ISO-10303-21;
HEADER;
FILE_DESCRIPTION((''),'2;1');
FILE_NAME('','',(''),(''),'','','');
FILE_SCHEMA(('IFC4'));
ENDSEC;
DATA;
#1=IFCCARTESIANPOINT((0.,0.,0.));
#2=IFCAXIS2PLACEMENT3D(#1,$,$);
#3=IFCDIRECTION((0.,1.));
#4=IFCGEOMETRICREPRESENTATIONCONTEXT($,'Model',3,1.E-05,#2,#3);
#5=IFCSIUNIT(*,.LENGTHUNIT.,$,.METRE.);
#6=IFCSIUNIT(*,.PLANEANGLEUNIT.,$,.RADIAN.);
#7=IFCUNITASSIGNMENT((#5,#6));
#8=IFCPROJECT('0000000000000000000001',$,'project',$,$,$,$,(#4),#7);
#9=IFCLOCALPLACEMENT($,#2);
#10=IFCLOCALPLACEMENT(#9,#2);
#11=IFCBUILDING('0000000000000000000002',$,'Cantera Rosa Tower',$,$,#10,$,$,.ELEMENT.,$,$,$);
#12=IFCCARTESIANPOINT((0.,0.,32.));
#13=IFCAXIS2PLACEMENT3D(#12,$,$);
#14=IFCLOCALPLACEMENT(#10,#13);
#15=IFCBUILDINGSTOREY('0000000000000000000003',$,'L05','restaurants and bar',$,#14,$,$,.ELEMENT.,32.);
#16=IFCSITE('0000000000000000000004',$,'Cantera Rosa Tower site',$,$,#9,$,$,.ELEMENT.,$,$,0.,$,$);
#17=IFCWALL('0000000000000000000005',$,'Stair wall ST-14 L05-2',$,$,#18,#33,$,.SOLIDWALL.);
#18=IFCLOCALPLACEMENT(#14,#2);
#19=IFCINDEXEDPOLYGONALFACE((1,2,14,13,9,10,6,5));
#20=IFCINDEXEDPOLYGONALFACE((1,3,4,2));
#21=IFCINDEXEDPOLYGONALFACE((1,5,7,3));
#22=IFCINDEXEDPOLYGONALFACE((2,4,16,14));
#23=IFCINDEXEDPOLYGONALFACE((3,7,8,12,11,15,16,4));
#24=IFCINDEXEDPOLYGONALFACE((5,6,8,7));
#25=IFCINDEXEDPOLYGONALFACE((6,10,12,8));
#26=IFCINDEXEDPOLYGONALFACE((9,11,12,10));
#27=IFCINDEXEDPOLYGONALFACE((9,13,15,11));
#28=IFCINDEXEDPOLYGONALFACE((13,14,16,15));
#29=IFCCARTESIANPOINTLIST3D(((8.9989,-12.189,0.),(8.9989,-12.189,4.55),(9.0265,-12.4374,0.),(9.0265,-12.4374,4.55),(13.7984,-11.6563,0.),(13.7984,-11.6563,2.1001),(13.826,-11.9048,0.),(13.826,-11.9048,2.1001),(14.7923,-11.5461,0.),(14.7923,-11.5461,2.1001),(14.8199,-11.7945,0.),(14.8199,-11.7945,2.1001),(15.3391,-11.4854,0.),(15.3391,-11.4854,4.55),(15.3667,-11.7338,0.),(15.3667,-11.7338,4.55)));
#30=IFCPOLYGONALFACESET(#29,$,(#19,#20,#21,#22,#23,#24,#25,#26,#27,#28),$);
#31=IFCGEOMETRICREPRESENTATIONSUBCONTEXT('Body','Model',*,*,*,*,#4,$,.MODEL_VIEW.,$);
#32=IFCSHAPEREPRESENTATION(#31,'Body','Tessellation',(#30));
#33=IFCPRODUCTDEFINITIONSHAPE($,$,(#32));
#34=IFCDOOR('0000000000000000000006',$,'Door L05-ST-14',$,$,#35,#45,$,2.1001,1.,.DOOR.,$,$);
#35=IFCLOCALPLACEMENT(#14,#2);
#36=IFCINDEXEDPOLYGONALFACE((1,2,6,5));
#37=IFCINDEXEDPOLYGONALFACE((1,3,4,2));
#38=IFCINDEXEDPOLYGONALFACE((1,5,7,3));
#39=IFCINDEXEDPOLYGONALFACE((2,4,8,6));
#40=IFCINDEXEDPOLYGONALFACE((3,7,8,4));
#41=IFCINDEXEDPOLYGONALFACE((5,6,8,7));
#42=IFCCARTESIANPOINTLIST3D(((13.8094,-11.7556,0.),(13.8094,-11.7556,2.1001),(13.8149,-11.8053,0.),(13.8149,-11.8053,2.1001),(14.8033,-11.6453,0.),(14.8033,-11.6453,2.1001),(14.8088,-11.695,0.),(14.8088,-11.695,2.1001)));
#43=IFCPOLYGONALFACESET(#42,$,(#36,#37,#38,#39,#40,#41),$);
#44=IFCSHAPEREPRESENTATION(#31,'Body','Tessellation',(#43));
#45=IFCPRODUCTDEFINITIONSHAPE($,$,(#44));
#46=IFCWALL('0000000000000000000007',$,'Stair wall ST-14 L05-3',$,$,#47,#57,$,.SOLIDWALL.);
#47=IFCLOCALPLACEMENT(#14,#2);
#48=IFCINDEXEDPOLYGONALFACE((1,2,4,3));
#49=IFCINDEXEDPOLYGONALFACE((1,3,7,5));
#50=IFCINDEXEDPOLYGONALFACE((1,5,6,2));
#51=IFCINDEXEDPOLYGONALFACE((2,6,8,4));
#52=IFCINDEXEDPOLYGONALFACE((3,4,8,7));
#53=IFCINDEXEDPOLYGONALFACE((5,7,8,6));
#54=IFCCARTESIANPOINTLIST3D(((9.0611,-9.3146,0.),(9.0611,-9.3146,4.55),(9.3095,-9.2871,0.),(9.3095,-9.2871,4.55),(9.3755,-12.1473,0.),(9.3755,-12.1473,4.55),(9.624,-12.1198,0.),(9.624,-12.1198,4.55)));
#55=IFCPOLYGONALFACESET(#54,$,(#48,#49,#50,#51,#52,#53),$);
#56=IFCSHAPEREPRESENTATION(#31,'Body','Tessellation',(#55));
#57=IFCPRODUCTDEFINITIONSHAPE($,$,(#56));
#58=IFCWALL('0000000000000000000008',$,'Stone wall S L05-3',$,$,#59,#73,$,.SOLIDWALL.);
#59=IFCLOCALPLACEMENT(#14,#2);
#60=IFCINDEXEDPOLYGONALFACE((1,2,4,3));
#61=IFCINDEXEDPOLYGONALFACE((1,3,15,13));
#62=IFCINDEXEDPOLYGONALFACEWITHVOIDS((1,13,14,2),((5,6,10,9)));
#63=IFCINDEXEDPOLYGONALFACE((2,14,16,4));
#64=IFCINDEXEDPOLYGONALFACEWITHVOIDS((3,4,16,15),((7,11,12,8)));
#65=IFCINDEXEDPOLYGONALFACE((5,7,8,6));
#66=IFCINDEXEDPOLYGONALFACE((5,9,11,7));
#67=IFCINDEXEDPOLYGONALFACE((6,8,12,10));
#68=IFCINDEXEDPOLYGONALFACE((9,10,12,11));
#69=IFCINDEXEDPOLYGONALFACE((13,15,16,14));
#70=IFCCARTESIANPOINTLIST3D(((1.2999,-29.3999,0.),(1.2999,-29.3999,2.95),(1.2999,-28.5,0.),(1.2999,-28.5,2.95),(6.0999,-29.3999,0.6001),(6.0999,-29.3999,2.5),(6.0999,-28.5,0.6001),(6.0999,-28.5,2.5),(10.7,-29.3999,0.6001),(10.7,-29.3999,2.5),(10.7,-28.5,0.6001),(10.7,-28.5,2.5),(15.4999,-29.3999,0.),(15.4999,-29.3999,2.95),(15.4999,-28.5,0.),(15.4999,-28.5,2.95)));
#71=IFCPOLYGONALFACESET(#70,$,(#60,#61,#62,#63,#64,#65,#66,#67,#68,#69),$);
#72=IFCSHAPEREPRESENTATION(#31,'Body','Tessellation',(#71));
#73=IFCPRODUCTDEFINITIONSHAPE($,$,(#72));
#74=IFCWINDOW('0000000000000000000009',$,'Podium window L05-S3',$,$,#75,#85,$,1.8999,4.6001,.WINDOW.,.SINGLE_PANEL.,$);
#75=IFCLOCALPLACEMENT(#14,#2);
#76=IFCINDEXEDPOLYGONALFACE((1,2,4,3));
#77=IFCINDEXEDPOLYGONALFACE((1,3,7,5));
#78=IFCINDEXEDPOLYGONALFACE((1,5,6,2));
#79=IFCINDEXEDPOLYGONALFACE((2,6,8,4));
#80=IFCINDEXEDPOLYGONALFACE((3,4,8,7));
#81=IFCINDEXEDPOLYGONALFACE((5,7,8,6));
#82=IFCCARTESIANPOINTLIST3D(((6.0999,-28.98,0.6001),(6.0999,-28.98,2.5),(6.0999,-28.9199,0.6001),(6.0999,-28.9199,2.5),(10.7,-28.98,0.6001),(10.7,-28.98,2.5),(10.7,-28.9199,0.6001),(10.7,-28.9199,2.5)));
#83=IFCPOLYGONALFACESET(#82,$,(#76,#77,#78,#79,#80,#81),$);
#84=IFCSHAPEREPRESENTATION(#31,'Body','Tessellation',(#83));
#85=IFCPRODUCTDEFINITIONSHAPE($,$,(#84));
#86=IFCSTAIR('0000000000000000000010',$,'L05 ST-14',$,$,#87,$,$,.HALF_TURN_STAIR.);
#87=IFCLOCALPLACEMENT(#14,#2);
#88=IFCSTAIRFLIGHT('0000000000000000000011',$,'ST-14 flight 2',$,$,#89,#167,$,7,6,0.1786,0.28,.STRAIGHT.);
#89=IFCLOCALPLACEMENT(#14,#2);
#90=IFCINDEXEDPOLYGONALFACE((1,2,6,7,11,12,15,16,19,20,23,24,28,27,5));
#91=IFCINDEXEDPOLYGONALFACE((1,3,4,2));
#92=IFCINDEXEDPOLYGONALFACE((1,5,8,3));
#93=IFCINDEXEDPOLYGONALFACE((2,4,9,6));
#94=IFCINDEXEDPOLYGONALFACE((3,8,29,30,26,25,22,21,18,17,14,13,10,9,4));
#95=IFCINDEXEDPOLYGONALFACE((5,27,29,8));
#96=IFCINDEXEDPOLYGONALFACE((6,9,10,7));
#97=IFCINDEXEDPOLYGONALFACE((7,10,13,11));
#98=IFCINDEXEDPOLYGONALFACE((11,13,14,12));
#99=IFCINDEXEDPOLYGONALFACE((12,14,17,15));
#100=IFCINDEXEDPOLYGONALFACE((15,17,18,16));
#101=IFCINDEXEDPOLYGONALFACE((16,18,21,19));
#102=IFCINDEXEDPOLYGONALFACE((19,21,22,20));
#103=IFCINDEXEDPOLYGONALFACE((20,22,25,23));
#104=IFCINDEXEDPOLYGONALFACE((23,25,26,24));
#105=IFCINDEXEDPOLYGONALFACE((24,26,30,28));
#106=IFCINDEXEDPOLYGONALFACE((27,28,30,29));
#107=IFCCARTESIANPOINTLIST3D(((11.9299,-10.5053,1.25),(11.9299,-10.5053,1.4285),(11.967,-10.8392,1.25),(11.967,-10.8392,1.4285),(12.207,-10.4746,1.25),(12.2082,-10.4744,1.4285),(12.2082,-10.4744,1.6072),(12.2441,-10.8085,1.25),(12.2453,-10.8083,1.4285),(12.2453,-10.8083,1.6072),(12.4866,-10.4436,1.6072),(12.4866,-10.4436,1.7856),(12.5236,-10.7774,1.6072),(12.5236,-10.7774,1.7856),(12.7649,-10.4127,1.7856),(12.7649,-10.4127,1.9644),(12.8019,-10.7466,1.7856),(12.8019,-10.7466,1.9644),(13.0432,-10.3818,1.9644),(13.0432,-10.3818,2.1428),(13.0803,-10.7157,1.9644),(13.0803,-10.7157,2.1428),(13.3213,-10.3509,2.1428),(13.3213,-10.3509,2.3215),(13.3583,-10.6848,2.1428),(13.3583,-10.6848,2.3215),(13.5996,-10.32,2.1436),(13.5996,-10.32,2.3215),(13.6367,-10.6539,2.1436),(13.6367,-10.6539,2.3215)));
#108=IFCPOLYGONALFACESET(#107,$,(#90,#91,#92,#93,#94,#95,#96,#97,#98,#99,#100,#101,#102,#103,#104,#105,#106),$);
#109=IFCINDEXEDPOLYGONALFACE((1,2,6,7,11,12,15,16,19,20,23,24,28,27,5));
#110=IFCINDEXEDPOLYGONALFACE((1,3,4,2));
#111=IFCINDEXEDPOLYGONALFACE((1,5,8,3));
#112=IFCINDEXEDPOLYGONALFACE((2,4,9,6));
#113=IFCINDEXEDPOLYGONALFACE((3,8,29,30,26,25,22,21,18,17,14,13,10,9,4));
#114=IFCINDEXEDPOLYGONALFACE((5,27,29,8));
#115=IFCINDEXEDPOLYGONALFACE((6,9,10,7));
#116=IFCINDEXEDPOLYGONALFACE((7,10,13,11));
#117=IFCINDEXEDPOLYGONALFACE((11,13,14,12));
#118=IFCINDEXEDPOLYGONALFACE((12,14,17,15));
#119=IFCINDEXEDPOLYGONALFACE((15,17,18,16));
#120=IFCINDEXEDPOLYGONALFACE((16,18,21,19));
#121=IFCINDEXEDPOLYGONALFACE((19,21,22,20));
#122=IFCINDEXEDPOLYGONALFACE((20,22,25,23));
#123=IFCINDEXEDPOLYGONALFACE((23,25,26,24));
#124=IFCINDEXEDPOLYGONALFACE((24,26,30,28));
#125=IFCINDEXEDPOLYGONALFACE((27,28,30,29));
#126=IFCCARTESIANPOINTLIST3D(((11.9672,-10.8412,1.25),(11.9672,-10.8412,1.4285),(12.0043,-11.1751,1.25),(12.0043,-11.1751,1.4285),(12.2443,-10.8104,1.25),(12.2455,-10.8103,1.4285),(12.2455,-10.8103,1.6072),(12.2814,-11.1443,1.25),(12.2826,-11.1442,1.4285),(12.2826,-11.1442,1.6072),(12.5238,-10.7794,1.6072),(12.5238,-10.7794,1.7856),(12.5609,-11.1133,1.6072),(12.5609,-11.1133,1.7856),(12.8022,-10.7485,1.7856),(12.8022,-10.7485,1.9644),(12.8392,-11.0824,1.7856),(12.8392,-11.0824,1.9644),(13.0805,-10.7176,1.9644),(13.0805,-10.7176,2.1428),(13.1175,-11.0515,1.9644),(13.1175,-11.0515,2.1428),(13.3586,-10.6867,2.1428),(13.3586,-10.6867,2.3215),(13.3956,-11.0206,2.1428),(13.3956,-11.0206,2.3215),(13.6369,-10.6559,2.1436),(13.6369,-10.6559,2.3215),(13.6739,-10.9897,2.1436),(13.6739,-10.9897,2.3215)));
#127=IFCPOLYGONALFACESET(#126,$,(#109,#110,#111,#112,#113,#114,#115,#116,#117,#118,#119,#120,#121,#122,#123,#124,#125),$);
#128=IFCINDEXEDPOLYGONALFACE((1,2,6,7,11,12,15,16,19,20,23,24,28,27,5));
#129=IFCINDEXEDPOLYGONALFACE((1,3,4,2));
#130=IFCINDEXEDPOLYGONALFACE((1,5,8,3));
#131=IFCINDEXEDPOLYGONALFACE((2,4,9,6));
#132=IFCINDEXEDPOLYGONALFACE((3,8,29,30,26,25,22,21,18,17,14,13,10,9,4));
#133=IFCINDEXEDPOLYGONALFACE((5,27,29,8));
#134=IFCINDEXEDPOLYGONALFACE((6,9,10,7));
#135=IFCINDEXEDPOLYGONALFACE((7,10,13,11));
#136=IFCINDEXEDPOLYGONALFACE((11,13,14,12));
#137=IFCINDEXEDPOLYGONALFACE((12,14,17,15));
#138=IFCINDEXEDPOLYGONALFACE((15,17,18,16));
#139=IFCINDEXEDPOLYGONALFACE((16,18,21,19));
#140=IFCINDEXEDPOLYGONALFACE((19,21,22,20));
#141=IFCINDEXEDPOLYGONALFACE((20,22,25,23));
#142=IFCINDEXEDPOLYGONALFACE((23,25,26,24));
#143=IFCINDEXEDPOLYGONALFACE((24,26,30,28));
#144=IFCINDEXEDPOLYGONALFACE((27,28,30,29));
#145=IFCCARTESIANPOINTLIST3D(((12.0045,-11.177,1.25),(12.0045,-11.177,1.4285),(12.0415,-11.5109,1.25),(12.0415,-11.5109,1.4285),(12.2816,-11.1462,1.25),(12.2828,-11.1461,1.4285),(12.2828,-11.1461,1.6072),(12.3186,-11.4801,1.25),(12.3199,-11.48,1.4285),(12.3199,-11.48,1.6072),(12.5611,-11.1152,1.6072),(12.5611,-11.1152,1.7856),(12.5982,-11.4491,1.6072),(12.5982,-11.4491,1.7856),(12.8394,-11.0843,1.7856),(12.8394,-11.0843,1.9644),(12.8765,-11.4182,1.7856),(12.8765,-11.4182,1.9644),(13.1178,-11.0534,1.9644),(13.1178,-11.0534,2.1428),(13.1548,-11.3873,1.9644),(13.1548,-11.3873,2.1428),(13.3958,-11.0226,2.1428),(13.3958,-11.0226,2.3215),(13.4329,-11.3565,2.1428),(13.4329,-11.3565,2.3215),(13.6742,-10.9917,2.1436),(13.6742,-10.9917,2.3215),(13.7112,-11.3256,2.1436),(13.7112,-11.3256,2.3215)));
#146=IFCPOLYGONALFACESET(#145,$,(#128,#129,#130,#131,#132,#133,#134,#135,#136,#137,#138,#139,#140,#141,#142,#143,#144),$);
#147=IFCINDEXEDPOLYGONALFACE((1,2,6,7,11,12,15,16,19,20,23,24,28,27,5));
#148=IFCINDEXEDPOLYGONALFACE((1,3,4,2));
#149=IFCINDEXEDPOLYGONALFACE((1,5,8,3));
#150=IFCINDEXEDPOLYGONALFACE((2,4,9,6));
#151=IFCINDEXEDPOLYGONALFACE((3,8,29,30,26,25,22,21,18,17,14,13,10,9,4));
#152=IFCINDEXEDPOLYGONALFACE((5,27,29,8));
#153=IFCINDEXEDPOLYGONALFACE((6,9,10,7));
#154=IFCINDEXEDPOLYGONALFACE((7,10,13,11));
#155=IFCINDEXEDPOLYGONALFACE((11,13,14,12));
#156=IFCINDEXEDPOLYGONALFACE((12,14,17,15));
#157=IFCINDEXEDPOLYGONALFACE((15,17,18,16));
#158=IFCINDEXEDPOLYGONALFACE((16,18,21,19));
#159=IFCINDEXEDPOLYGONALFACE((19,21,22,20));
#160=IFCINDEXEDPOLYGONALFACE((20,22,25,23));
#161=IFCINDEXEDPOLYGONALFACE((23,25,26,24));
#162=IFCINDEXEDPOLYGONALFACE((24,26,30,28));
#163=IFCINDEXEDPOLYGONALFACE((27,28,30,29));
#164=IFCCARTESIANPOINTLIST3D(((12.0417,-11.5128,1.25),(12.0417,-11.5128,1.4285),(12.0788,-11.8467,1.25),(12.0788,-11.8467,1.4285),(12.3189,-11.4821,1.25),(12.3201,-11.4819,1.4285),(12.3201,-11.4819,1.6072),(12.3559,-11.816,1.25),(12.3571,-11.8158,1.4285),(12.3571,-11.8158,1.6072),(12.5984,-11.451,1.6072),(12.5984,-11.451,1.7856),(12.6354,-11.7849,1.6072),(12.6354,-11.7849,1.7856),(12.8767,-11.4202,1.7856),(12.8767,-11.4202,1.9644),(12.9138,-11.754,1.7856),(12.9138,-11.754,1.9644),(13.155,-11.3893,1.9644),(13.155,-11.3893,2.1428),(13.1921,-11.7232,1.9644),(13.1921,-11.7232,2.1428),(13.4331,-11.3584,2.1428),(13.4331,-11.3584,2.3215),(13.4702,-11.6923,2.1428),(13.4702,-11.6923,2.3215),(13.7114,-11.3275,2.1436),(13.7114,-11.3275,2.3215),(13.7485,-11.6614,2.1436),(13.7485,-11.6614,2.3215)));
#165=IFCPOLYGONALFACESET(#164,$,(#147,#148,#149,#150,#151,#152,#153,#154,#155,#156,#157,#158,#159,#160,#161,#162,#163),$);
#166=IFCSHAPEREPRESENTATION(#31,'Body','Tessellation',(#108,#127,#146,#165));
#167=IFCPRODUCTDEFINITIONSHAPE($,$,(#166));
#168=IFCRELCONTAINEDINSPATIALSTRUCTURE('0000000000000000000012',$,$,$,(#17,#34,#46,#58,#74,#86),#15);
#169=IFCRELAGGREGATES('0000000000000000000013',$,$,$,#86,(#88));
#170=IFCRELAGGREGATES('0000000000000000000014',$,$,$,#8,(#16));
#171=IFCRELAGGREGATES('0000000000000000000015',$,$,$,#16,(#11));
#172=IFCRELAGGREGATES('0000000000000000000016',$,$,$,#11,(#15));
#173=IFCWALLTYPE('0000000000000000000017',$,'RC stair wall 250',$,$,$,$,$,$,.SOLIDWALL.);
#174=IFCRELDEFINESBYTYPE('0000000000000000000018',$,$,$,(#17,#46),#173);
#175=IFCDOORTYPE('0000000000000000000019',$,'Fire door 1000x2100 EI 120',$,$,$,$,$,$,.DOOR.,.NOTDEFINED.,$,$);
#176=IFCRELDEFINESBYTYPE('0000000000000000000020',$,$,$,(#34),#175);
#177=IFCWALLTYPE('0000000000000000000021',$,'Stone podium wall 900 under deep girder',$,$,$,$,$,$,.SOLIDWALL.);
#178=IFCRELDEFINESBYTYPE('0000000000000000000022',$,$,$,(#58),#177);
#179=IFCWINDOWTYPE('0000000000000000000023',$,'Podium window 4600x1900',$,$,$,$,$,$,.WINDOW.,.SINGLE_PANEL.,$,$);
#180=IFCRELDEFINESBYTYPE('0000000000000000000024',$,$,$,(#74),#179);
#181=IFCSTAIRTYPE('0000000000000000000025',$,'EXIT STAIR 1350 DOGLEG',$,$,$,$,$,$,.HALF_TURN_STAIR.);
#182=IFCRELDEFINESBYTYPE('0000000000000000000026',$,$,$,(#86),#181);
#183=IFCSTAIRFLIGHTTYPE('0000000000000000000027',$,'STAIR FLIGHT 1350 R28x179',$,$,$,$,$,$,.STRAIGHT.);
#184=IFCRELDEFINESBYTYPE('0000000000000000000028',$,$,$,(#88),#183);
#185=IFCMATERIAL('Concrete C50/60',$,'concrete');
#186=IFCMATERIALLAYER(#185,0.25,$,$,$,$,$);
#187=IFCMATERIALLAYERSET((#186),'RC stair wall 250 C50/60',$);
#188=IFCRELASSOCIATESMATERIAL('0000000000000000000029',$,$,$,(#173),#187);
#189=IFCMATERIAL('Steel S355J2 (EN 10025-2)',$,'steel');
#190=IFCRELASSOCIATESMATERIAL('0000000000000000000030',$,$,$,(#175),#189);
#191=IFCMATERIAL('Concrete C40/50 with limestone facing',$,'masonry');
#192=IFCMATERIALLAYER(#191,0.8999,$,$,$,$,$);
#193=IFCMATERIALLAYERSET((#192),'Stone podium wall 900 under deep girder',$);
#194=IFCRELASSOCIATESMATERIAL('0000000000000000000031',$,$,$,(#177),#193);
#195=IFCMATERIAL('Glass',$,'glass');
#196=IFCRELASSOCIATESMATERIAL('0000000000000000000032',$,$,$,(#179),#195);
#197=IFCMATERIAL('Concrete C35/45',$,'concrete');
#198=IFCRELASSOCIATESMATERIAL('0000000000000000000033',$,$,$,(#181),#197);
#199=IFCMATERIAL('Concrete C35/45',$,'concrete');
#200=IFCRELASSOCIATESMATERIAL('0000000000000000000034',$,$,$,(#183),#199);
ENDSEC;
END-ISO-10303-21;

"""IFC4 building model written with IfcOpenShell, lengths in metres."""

from ifc_helpers import new_model, si_unit, direction, frame, frame_2d, origin, place, context, subcontext, project, spatial, polyline, rectangle, outline, extrude, material, layer, layer_set, type_object, element, fill, aggregate, save


model = new_model("IFC4")

# Units and contexts
model_context = context("Model", 3, precision=1e-05, world=origin(), true_north=direction((0.0, 1.0)))
body_context = subcontext(model_context, "Body", "Model", "MODEL_VIEW")
ifc_project = project(units=[si_unit("LENGTHUNIT", "METRE"), si_unit("PLANEANGLEUNIT", "RADIAN")], contexts=[model_context])

# Site, building, storey
site_placement = place(None, origin())
site = spatial("IfcSite", under=ifc_project, at=site_placement, Name="Cantera Rosa Tower site", CompositionType="ELEMENT", RefElevation=0.0)
building_placement = place(site_placement, origin())
building = spatial("IfcBuilding", under=site, at=building_placement, Name="Cantera Rosa Tower", CompositionType="ELEMENT")
storey_placement = place(building_placement, frame((0.0, 0.0, 32.0)))
storey = spatial("IfcBuildingStorey", under=building, at=storey_placement, Name="L05", Description="restaurants and bar", CompositionType="ELEMENT", Elevation=32.0)

# Wall, opening, door
ifc_material_1 = material(Name="Concrete C50/60", Category="concrete")
ifc_layer_1 = layer(ifc_material_1, 0.25)
ifc_layer_set_1 = layer_set([ifc_layer_1], Name="RC stair wall 250 C50/60")
wall_type_1 = type_object("IfcWallType", Name="RC stair wall 250", PredefinedType="SOLIDWALL", material=ifc_layer_set_1)
wall_1_placement = place(storey_placement, frame((15.3528, -11.6096, 0.0), z_axis=(0.0, 0.0, 1.0), x_axis=(-0.993899, -0.110297, 0.0)))
wall_1 = element("IfcWall", 1, at=wall_1_placement, inside=storey, type_object=wall_type_1, Name="Stair wall ST-14 L05-2", PredefinedType="SOLIDWALL", context=body_context, shape_type="SweptSolid", body=[
    extrude(rectangle(XDim=6.3792, YDim=0.25, at=frame_2d((3.1895, 0.0))), origin(), (0.0, 0.0, 1.0), 4.55),
])
opening_1_placement = place(wall_1_placement, frame((0.55, 0.0, 0.0)))
opening_1 = element("IfcOpeningElement", 2, at=opening_1_placement, cuts=wall_1, PredefinedType="OPENING", context=body_context, shape_type="SweptSolid", body=[
    extrude(rectangle(XDim=1.0, YDim=2.1001, at=frame_2d((0.5, 1.05))), frame((0.0, 0.135, 0.0), z_axis=(0.0, -1.0, 0.0), x_axis=(1.0, 0.0, 0.0)), (0.0, 0.0, 1.0), 0.27),
])
ifc_material_2 = material(Name="Steel S355J2 (EN 10025-2)", Category="steel")
door_type_1 = type_object("IfcDoorType", Name="Fire door 1000x2100 EI 120", OperationType="NOTDEFINED", PredefinedType="DOOR", material=ifc_material_2)
door_1_placement = place(opening_1_placement, origin())
door_1 = element("IfcDoor", 3, at=door_1_placement, inside=storey, type_object=door_type_1, Name="Door L05-ST-14", OverallHeight=2.1001, OverallWidth=1.0, PredefinedType="DOOR", context=body_context, shape_type="SweptSolid", body=[
    extrude(rectangle(XDim=1.0, YDim=2.1001, at=frame_2d((0.5, 1.05))), frame((0.0, 0.0249, 0.0), z_axis=(0.0, -1.0, 0.0), x_axis=(1.0, 0.0, 0.0)), (0.0, 0.0, 1.0), 0.05),
])
fill(opening_1, door_1)

# Wall
wall_2_placement = place(storey_placement, frame((9.4998, -12.1335, 0.0), z_axis=(0.0, 0.0, 1.0), x_axis=(-0.110328, 0.993895, 0.0)))
element("IfcWall", 4, at=wall_2_placement, inside=storey, type_object=wall_type_1, Name="Stair wall ST-14 L05-3", PredefinedType="SOLIDWALL", context=body_context, shape_type="SweptSolid", body=[
    extrude(rectangle(XDim=2.8501, YDim=0.25, at=frame_2d((1.425, 0.0))), origin(), (0.0, 0.0, 1.0), 4.55),
])

# Wall, opening, window
ifc_material_3 = material(Name="Concrete C40/50 with limestone facing", Category="masonry")
ifc_layer_2 = layer(ifc_material_3, 0.8999)
ifc_layer_set_2 = layer_set([ifc_layer_2], Name="Stone podium wall 900 under deep girder")
wall_type_2 = type_object("IfcWallType", Name="Stone podium wall 900 under deep girder", PredefinedType="SOLIDWALL", material=ifc_layer_set_2)
wall_3_placement = place(storey_placement, frame((15.5, -28.95, 0.0), z_axis=(0.0, 0.0, 1.0), x_axis=(-1.0, 0.0, 0.0)))
wall_3 = element("IfcWall", 5, at=wall_3_placement, inside=storey, type_object=wall_type_2, Name="Stone wall S L05-3", PredefinedType="SOLIDWALL", context=body_context, shape_type="SweptSolid", body=[
    extrude(rectangle(XDim=14.2, YDim=0.8999, at=frame_2d((7.1001, 0.0))), origin(), (0.0, 0.0, 1.0), 2.95),
])
opening_2_placement = place(wall_3_placement, frame((4.8, 0.0, 0.6001)))
opening_2 = element("IfcOpeningElement", 6, at=opening_2_placement, cuts=wall_3, PredefinedType="OPENING", context=body_context, shape_type="SweptSolid", body=[
    extrude(rectangle(XDim=4.6001, YDim=1.8999, at=frame_2d((2.3, 0.95))), frame((0.0, 0.46, 0.0), z_axis=(0.0, -1.0, 0.0), x_axis=(1.0, 0.0, 0.0)), (0.0, 0.0, 1.0), 0.9199),
])
ifc_material_4 = material(Name="Glass", Category="glass")
window_type = type_object("IfcWindowType", Name="Podium window 4600x1900", PartitioningType="SINGLE_PANEL", PredefinedType="WINDOW", material=ifc_material_4)
window_placement = place(opening_2_placement, origin())
window = element("IfcWindow", 7, at=window_placement, inside=storey, type_object=window_type, Name="Podium window L05-S3", OverallHeight=1.8999, OverallWidth=4.6001, PartitioningType="SINGLE_PANEL", PredefinedType="WINDOW", context=body_context, shape_type="SweptSolid", body=[
    extrude(rectangle(XDim=4.6001, YDim=1.8999, at=frame_2d((2.3, 0.95))), frame((0.0, 0.03, 0.0), z_axis=(0.0, -1.0, 0.0), x_axis=(1.0, 0.0, 0.0)), (0.0, 0.0, 1.0), 0.0601),
])
fill(opening_2, window)

# Stair, stair flight
ifc_material_5 = material(Name="Concrete C35/45", Category="concrete")
stair_type = type_object("IfcStairType", Name="EXIT STAIR 1350 DOGLEG", PredefinedType="HALF_TURN_STAIR", material=ifc_material_5)
stair_placement = place(storey_placement, origin())
stair = element("IfcStair", 8, at=stair_placement, inside=storey, type_object=stair_type, Name="L05 ST-14", PredefinedType="HALF_TURN_STAIR")
ifc_material_6 = material(Name="Concrete C35/45", Category="concrete")
stair_flight_type = type_object("IfcStairFlightType", Name="STAIR FLIGHT 1350 R28x179", PredefinedType="STRAIGHT", material=ifc_material_6)
stair_flight_1_placement = place(storey_placement, frame((12.0044, -11.1763, 1.25), z_axis=(0.0, 0.0, 1.0), x_axis=(0.993897, 0.110313, 0.0)))
stair_flight_1 = element("IfcStairFlight", 9, at=stair_flight_1_placement, type_object=stair_flight_type, Name="ST-14 flight 2", NumberOfRisers=7, NumberOfTreads=6, PredefinedType="STRAIGHT", RiserHeight=0.1786, TreadLength=0.28, context=body_context, shape_type="SweptSolid", body=[
    extrude(outline(polyline([(0.0, 0.0), (0.0, 0.1785), (0.28, 0.1785), (0.28, 0.3572), (0.5601, 0.3572), (0.5601, 0.5356), (0.8401, 0.5356), (0.8401, 0.7144), (1.1201, 0.7144), (1.1201, 0.8928), (1.3999, 0.8928), (1.3999, 1.0715), (1.6799, 1.0715), (1.6799, 1.25), (1.6799, 0.8936), (0.2788, 0.0), (0.0, 0.0)])), frame((0.0, 0.675, 0.0), z_axis=(0.0, -1.0, 0.0), x_axis=(1.0, 0.0, 0.0)), (0.0, 0.0, 1.0), 0.3359),
    extrude(outline(polyline([(0.0, 0.0), (0.0, 0.1785), (0.28, 0.1785), (0.28, 0.3572), (0.5601, 0.3572), (0.5601, 0.5356), (0.8401, 0.5356), (0.8401, 0.7144), (1.1201, 0.7144), (1.1201, 0.8928), (1.3999, 0.8928), (1.3999, 1.0715), (1.6799, 1.0715), (1.6799, 1.25), (1.6799, 0.8936), (0.2788, 0.0), (0.0, 0.0)])), frame((0.0, 0.3372, 0.0), z_axis=(0.0, -1.0, 0.0), x_axis=(1.0, 0.0, 0.0)), (0.0, 0.0, 1.0), 0.3359),
    extrude(outline(polyline([(0.0, 0.0), (0.0, 0.1785), (0.28, 0.1785), (0.28, 0.3572), (0.5601, 0.3572), (0.5601, 0.5356), (0.8401, 0.5356), (0.8401, 0.7144), (1.1201, 0.7144), (1.1201, 0.8928), (1.3999, 0.8928), (1.3999, 1.0715), (1.6799, 1.0715), (1.6799, 1.25), (1.6799, 0.8936), (0.2788, 0.0), (0.0, 0.0)])), frame((0.0, -0.0007, 0.0), z_axis=(0.0, -1.0, 0.0), x_axis=(1.0, 0.0, 0.0)), (0.0, 0.0, 1.0), 0.3359),
    extrude(outline(polyline([(0.0, 0.0), (0.0, 0.1785), (0.28, 0.1785), (0.28, 0.3572), (0.5601, 0.3572), (0.5601, 0.5356), (0.8401, 0.5356), (0.8401, 0.7144), (1.1201, 0.7144), (1.1201, 0.8928), (1.3999, 0.8928), (1.3999, 1.0715), (1.6799, 1.0715), (1.6799, 1.25), (1.6799, 0.8936), (0.2788, 0.0), (0.0, 0.0)])), frame((0.0, -0.3386, 0.0), z_axis=(0.0, -1.0, 0.0), x_axis=(1.0, 0.0, 0.0)), (0.0, 0.0, 1.0), 0.3359),
])
aggregate(stair, [stair_flight_1])

save(model, "model.ifc")
